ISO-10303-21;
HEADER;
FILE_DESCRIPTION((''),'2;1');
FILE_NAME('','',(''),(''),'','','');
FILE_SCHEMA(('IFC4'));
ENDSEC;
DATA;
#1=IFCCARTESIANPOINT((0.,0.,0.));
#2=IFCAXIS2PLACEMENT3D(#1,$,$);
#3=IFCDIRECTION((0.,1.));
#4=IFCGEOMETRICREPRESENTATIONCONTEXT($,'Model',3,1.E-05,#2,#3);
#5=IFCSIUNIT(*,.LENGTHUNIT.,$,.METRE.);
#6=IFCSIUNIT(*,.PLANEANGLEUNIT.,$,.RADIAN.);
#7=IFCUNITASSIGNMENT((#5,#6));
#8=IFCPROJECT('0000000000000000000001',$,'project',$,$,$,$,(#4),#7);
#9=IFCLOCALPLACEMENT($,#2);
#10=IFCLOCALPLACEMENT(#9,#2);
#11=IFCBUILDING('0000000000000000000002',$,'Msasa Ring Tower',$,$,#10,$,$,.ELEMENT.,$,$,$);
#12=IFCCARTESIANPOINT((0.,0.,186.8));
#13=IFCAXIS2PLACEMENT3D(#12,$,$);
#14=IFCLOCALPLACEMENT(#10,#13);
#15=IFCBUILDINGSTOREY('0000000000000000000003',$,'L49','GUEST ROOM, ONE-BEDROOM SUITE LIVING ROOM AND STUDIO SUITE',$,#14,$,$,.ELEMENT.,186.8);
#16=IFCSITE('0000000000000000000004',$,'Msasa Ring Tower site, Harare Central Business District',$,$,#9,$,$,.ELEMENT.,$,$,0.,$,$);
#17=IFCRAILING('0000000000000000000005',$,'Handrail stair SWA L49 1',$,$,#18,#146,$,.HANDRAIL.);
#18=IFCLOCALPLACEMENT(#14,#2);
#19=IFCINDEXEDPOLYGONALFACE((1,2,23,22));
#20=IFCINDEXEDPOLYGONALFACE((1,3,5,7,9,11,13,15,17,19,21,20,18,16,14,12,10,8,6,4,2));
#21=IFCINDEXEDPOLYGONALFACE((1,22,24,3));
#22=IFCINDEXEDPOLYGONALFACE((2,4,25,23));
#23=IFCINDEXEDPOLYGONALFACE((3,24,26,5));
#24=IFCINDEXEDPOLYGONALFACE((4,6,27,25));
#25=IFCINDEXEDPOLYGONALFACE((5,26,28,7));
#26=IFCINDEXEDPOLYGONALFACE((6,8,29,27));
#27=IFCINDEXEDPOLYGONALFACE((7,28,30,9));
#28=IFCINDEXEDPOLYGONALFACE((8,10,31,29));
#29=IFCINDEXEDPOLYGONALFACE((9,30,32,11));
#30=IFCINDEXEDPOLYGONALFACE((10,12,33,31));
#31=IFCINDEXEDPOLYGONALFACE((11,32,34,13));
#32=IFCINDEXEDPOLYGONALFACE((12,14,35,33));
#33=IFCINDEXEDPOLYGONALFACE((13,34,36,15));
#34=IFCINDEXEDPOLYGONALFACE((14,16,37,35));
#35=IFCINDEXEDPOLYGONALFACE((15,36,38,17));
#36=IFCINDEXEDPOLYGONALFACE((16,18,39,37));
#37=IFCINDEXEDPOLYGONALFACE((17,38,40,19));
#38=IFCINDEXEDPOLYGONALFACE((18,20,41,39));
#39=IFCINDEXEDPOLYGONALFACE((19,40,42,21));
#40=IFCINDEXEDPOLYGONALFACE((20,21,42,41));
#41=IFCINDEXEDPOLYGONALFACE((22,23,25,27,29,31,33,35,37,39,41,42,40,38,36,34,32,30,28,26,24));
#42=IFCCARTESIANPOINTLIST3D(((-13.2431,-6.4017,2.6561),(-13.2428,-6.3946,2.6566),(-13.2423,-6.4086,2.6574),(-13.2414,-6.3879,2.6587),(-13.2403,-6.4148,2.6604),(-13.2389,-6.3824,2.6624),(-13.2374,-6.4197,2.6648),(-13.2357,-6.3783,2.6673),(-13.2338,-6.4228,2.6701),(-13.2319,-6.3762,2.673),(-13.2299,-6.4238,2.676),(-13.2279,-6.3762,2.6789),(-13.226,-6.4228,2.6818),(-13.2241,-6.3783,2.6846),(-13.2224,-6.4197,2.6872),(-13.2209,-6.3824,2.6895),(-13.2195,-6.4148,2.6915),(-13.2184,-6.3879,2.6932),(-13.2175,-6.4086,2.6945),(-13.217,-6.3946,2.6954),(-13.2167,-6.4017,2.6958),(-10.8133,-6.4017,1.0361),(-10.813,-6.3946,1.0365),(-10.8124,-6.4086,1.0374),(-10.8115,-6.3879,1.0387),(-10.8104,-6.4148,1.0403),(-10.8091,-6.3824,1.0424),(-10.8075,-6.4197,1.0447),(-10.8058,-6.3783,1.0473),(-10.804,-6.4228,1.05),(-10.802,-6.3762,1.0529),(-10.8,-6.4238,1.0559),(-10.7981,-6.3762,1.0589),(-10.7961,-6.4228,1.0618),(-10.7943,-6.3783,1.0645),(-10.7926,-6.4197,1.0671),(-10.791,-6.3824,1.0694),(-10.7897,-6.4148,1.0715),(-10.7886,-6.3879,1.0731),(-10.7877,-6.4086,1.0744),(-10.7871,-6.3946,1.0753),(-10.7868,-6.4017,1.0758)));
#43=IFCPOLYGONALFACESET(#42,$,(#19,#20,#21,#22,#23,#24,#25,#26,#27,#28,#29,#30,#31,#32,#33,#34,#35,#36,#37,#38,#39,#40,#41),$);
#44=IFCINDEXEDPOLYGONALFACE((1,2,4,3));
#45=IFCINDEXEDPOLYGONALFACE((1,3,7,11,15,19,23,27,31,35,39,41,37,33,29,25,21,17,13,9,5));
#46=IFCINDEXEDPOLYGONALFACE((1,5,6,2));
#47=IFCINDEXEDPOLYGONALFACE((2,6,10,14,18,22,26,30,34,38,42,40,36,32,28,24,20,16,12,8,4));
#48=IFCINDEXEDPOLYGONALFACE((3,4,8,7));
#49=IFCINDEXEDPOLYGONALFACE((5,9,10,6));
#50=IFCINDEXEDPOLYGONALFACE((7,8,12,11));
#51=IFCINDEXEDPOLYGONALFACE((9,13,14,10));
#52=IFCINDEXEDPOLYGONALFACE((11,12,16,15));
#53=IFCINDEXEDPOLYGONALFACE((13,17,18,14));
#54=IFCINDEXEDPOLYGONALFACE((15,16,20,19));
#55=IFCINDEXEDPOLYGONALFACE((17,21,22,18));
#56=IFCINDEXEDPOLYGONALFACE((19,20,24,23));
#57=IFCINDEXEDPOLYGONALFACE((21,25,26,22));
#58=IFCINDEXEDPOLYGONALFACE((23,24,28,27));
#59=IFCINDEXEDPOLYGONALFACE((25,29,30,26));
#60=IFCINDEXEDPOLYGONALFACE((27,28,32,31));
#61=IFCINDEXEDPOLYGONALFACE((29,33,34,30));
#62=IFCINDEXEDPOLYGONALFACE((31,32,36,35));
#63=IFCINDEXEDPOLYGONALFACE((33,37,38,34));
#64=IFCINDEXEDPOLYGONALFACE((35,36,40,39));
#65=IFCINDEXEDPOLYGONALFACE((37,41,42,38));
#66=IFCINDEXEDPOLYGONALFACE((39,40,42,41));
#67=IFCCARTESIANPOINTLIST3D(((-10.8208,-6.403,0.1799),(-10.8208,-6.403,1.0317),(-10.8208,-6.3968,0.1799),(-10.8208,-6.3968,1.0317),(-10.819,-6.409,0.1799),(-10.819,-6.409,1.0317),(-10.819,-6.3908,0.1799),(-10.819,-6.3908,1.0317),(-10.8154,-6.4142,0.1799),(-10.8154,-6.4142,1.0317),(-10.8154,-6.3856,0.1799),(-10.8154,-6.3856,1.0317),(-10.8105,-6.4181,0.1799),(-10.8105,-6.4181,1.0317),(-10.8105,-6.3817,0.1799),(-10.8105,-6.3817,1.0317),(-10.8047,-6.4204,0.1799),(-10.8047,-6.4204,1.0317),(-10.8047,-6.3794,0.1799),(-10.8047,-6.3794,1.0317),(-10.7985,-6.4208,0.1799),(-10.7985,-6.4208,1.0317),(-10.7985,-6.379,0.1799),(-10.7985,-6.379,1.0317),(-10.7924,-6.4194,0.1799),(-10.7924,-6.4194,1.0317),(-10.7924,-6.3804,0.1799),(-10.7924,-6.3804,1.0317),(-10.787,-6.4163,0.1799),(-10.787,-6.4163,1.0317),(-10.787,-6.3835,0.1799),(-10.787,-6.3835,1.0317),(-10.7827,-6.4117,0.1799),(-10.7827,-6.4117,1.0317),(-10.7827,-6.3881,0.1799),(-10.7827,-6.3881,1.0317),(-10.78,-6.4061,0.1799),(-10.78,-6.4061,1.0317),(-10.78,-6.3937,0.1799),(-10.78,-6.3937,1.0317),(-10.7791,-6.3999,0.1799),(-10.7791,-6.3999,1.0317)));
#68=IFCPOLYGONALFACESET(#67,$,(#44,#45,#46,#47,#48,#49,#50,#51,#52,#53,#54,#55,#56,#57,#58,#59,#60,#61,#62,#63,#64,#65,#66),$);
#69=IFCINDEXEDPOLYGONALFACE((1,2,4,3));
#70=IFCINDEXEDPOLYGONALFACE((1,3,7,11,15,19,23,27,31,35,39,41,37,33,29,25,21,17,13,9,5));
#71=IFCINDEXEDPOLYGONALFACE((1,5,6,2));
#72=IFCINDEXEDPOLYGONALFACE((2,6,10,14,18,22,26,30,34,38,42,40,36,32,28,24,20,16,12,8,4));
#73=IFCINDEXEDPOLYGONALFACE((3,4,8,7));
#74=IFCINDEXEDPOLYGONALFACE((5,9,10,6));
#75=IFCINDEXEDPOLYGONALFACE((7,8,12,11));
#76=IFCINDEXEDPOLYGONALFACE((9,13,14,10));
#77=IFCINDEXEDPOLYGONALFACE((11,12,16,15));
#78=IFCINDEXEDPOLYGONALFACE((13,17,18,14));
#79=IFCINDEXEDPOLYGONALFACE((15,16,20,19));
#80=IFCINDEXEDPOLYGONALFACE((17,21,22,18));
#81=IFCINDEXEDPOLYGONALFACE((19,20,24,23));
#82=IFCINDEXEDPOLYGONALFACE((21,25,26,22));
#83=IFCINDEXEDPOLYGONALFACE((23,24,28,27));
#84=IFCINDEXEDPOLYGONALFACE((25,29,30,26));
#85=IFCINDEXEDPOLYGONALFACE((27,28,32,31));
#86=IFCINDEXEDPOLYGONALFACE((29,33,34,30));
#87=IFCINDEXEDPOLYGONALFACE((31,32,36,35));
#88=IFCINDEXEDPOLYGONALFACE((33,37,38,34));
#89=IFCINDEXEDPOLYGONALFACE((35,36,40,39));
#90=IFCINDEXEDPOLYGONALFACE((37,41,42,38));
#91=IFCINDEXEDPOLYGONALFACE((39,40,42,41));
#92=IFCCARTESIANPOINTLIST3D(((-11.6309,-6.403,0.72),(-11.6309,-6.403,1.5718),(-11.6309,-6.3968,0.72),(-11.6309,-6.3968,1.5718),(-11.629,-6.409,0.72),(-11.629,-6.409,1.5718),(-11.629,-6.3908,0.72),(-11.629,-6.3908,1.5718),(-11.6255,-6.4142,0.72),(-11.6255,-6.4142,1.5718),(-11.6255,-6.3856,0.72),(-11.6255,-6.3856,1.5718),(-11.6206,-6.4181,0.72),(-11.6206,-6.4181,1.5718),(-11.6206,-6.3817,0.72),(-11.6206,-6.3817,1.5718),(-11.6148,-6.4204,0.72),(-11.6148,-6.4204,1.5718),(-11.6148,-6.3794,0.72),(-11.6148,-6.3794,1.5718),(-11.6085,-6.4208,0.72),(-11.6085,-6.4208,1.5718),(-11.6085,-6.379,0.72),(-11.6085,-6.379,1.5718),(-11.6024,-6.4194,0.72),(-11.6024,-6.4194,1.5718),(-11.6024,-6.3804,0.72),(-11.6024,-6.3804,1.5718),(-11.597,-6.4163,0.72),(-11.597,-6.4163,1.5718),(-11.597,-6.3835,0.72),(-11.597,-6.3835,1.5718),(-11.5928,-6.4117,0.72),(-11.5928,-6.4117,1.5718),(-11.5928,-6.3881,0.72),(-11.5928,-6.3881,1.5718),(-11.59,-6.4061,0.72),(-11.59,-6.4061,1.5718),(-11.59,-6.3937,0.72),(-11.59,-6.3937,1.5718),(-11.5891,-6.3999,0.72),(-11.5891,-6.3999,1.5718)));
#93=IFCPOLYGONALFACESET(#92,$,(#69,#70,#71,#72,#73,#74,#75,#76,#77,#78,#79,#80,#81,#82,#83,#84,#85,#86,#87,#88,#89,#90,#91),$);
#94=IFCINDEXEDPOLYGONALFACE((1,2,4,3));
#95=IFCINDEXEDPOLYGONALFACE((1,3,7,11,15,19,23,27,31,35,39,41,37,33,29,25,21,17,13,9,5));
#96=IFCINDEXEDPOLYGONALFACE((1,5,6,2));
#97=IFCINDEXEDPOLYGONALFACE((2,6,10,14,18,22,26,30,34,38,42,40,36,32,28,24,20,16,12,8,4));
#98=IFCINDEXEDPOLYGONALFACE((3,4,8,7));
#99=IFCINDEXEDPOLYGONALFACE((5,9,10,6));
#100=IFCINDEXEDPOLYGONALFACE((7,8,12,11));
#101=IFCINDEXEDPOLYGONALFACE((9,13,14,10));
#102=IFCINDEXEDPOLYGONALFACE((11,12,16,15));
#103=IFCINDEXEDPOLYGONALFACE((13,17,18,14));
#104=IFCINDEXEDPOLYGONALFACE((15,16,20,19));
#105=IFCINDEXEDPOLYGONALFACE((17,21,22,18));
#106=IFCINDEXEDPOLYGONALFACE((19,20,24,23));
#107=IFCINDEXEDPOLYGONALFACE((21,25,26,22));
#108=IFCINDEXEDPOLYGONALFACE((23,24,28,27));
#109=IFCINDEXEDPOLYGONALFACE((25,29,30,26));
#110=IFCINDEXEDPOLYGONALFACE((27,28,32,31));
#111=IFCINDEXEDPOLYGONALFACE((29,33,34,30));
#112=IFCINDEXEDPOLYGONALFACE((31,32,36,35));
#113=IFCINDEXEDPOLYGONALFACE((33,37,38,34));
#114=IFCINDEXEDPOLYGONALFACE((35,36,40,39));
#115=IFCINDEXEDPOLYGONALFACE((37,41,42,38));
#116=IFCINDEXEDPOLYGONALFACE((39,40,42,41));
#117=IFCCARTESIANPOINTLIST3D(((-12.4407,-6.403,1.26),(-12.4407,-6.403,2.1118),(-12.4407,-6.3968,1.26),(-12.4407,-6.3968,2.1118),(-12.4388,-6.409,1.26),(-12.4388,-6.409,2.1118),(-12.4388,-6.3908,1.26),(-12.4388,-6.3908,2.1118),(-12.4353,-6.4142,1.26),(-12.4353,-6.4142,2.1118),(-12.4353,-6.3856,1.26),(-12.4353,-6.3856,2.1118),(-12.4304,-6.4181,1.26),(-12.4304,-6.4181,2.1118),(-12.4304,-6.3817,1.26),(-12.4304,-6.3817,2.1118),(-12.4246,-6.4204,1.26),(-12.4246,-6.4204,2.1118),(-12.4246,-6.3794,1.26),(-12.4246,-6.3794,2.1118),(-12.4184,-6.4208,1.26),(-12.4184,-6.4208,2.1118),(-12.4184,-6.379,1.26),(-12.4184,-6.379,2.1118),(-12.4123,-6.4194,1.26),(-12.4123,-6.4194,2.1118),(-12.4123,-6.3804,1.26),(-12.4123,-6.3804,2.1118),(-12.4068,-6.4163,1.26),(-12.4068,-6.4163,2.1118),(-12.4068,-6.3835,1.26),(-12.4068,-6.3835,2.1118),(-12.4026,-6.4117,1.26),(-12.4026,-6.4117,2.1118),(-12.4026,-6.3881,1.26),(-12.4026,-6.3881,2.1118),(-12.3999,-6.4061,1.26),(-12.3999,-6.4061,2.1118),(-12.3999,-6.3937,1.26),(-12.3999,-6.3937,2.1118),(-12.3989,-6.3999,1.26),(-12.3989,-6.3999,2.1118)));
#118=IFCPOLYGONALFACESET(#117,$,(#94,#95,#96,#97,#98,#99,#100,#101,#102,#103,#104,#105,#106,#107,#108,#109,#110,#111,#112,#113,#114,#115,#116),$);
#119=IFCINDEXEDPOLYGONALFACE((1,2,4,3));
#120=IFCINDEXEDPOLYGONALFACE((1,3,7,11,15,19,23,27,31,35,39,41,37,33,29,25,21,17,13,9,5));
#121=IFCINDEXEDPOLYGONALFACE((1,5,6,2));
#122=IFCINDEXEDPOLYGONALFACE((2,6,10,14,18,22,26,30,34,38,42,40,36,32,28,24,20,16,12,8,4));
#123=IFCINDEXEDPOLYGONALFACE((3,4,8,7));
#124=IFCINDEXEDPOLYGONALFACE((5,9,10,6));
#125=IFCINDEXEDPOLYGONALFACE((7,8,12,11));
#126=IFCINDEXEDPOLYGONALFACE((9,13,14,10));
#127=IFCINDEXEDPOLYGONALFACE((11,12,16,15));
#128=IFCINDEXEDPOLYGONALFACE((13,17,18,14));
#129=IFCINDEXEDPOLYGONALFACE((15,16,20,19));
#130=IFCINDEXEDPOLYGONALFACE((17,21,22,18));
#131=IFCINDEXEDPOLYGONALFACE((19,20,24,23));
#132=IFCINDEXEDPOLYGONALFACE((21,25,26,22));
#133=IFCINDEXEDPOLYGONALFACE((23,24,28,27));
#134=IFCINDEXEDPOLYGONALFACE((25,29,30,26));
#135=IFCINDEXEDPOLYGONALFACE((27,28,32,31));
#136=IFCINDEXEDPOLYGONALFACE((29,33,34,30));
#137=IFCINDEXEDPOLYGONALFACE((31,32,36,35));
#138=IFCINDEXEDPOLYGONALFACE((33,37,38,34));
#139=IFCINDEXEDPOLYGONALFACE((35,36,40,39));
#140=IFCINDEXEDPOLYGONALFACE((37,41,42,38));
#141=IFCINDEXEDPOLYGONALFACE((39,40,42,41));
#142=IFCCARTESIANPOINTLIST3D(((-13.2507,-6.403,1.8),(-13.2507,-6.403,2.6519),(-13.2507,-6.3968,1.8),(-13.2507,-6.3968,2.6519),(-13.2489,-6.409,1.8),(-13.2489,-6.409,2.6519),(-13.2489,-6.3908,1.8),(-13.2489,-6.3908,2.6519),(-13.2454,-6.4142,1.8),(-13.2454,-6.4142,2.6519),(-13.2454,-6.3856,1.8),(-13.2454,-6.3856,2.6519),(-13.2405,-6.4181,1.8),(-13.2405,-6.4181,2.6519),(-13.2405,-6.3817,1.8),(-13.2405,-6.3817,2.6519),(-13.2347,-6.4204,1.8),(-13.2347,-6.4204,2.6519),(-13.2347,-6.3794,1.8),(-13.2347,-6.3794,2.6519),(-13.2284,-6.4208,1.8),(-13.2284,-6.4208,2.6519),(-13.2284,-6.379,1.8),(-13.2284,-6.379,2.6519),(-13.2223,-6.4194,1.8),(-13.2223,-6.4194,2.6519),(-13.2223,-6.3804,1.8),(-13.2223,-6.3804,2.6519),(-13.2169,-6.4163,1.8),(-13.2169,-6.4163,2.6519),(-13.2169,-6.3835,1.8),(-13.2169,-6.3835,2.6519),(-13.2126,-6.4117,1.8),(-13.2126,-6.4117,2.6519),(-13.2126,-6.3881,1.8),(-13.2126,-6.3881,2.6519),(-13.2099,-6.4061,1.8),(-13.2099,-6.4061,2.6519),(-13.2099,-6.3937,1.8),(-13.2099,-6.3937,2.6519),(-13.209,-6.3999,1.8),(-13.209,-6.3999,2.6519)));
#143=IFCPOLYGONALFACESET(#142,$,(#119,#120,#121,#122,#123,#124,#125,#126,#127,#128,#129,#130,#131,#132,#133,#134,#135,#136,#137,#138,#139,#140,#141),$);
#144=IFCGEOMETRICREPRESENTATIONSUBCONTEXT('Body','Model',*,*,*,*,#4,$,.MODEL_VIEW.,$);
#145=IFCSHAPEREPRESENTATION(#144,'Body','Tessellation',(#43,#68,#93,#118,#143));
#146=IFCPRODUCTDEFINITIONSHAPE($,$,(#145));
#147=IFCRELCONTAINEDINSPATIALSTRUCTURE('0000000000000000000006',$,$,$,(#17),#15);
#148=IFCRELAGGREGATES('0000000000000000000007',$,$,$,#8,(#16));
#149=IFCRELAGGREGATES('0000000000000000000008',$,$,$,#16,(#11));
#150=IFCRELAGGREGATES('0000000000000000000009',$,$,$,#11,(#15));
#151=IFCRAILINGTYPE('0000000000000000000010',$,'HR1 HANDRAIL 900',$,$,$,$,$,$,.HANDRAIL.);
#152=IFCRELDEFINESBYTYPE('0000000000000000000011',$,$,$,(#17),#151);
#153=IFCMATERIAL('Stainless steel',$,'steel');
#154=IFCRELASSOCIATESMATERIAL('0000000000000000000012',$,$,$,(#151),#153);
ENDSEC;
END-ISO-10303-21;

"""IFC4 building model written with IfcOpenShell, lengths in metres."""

from ifc_helpers import new_model, si_unit, direction, frame, origin, origin_2d, place, context, subcontext, project, spatial, circle, extrude, material, type_object, element, save


model = new_model("IFC4")

# Units and contexts
model_context = context("Model", 3, precision=1e-05, world=origin(), true_north=direction((0.0, 1.0)))
body_context = subcontext(model_context, "Body", "Model", "MODEL_VIEW")
ifc_project = project(units=[si_unit("LENGTHUNIT", "METRE"), si_unit("PLANEANGLEUNIT", "RADIAN")], contexts=[model_context])

# Site, building, storey
site_placement = place(None, origin())
site = spatial("IfcSite", under=ifc_project, at=site_placement, Name="Msasa Ring Tower site, Harare Central Business District", CompositionType="ELEMENT", RefElevation=0.0)
building_placement = place(site_placement, origin())
building = spatial("IfcBuilding", under=site, at=building_placement, Name="Msasa Ring Tower", CompositionType="ELEMENT")
storey_placement = place(building_placement, frame((0.0, 0.0, 186.8)))
storey = spatial("IfcBuildingStorey", under=building, at=storey_placement, Name="L49", Description="GUEST ROOM, ONE-BEDROOM SUITE LIVING ROOM AND STUDIO SUITE", CompositionType="ELEMENT", Elevation=186.8)

# Railing
ifc_material_1 = material(Name="Stainless steel", Category="steel")
railing_type = type_object("IfcRailingType", Name="HR1 HANDRAIL 900", PredefinedType="HANDRAIL", material=ifc_material_1)
for number, where, name in (
    (1, (-10.8, -6.3999, 0.1799), "Handrail stair SWA L49 1"),
):
    element("IfcRailing", number, at=place(storey_placement, frame(where)), inside=storey, type_object=railing_type, Name=name, PredefinedType="HANDRAIL", context=body_context, shape_type="SweptSolid", body=[
        extrude(circle(Radius=0.0239, at=origin_2d()), frame((0.0, 0.0, 0.876), z_axis=(-0.832025, 0.0, 0.554739), x_axis=(0.0, -1.0, 0.0)), (0.0, 0.0, 1.0), 2.9204),
        extrude(circle(Radius=0.021, at=origin_2d()), origin(), (0.0, 0.0, 1.0), 0.8518),
        extrude(circle(Radius=0.021, at=origin_2d()), frame((-0.8101, 0.0, 0.54)), (0.0, 0.0, 1.0), 0.8518),
        extrude(circle(Radius=0.021, at=origin_2d()), frame((-1.6199, 0.0, 1.0801)), (0.0, 0.0, 1.0), 0.8518),
        extrude(circle(Radius=0.021, at=origin_2d()), frame((-2.4299, 0.0, 1.6201)), (0.0, 0.0, 1.0), 0.8518),
    ])

save(model, "model.ifc")
